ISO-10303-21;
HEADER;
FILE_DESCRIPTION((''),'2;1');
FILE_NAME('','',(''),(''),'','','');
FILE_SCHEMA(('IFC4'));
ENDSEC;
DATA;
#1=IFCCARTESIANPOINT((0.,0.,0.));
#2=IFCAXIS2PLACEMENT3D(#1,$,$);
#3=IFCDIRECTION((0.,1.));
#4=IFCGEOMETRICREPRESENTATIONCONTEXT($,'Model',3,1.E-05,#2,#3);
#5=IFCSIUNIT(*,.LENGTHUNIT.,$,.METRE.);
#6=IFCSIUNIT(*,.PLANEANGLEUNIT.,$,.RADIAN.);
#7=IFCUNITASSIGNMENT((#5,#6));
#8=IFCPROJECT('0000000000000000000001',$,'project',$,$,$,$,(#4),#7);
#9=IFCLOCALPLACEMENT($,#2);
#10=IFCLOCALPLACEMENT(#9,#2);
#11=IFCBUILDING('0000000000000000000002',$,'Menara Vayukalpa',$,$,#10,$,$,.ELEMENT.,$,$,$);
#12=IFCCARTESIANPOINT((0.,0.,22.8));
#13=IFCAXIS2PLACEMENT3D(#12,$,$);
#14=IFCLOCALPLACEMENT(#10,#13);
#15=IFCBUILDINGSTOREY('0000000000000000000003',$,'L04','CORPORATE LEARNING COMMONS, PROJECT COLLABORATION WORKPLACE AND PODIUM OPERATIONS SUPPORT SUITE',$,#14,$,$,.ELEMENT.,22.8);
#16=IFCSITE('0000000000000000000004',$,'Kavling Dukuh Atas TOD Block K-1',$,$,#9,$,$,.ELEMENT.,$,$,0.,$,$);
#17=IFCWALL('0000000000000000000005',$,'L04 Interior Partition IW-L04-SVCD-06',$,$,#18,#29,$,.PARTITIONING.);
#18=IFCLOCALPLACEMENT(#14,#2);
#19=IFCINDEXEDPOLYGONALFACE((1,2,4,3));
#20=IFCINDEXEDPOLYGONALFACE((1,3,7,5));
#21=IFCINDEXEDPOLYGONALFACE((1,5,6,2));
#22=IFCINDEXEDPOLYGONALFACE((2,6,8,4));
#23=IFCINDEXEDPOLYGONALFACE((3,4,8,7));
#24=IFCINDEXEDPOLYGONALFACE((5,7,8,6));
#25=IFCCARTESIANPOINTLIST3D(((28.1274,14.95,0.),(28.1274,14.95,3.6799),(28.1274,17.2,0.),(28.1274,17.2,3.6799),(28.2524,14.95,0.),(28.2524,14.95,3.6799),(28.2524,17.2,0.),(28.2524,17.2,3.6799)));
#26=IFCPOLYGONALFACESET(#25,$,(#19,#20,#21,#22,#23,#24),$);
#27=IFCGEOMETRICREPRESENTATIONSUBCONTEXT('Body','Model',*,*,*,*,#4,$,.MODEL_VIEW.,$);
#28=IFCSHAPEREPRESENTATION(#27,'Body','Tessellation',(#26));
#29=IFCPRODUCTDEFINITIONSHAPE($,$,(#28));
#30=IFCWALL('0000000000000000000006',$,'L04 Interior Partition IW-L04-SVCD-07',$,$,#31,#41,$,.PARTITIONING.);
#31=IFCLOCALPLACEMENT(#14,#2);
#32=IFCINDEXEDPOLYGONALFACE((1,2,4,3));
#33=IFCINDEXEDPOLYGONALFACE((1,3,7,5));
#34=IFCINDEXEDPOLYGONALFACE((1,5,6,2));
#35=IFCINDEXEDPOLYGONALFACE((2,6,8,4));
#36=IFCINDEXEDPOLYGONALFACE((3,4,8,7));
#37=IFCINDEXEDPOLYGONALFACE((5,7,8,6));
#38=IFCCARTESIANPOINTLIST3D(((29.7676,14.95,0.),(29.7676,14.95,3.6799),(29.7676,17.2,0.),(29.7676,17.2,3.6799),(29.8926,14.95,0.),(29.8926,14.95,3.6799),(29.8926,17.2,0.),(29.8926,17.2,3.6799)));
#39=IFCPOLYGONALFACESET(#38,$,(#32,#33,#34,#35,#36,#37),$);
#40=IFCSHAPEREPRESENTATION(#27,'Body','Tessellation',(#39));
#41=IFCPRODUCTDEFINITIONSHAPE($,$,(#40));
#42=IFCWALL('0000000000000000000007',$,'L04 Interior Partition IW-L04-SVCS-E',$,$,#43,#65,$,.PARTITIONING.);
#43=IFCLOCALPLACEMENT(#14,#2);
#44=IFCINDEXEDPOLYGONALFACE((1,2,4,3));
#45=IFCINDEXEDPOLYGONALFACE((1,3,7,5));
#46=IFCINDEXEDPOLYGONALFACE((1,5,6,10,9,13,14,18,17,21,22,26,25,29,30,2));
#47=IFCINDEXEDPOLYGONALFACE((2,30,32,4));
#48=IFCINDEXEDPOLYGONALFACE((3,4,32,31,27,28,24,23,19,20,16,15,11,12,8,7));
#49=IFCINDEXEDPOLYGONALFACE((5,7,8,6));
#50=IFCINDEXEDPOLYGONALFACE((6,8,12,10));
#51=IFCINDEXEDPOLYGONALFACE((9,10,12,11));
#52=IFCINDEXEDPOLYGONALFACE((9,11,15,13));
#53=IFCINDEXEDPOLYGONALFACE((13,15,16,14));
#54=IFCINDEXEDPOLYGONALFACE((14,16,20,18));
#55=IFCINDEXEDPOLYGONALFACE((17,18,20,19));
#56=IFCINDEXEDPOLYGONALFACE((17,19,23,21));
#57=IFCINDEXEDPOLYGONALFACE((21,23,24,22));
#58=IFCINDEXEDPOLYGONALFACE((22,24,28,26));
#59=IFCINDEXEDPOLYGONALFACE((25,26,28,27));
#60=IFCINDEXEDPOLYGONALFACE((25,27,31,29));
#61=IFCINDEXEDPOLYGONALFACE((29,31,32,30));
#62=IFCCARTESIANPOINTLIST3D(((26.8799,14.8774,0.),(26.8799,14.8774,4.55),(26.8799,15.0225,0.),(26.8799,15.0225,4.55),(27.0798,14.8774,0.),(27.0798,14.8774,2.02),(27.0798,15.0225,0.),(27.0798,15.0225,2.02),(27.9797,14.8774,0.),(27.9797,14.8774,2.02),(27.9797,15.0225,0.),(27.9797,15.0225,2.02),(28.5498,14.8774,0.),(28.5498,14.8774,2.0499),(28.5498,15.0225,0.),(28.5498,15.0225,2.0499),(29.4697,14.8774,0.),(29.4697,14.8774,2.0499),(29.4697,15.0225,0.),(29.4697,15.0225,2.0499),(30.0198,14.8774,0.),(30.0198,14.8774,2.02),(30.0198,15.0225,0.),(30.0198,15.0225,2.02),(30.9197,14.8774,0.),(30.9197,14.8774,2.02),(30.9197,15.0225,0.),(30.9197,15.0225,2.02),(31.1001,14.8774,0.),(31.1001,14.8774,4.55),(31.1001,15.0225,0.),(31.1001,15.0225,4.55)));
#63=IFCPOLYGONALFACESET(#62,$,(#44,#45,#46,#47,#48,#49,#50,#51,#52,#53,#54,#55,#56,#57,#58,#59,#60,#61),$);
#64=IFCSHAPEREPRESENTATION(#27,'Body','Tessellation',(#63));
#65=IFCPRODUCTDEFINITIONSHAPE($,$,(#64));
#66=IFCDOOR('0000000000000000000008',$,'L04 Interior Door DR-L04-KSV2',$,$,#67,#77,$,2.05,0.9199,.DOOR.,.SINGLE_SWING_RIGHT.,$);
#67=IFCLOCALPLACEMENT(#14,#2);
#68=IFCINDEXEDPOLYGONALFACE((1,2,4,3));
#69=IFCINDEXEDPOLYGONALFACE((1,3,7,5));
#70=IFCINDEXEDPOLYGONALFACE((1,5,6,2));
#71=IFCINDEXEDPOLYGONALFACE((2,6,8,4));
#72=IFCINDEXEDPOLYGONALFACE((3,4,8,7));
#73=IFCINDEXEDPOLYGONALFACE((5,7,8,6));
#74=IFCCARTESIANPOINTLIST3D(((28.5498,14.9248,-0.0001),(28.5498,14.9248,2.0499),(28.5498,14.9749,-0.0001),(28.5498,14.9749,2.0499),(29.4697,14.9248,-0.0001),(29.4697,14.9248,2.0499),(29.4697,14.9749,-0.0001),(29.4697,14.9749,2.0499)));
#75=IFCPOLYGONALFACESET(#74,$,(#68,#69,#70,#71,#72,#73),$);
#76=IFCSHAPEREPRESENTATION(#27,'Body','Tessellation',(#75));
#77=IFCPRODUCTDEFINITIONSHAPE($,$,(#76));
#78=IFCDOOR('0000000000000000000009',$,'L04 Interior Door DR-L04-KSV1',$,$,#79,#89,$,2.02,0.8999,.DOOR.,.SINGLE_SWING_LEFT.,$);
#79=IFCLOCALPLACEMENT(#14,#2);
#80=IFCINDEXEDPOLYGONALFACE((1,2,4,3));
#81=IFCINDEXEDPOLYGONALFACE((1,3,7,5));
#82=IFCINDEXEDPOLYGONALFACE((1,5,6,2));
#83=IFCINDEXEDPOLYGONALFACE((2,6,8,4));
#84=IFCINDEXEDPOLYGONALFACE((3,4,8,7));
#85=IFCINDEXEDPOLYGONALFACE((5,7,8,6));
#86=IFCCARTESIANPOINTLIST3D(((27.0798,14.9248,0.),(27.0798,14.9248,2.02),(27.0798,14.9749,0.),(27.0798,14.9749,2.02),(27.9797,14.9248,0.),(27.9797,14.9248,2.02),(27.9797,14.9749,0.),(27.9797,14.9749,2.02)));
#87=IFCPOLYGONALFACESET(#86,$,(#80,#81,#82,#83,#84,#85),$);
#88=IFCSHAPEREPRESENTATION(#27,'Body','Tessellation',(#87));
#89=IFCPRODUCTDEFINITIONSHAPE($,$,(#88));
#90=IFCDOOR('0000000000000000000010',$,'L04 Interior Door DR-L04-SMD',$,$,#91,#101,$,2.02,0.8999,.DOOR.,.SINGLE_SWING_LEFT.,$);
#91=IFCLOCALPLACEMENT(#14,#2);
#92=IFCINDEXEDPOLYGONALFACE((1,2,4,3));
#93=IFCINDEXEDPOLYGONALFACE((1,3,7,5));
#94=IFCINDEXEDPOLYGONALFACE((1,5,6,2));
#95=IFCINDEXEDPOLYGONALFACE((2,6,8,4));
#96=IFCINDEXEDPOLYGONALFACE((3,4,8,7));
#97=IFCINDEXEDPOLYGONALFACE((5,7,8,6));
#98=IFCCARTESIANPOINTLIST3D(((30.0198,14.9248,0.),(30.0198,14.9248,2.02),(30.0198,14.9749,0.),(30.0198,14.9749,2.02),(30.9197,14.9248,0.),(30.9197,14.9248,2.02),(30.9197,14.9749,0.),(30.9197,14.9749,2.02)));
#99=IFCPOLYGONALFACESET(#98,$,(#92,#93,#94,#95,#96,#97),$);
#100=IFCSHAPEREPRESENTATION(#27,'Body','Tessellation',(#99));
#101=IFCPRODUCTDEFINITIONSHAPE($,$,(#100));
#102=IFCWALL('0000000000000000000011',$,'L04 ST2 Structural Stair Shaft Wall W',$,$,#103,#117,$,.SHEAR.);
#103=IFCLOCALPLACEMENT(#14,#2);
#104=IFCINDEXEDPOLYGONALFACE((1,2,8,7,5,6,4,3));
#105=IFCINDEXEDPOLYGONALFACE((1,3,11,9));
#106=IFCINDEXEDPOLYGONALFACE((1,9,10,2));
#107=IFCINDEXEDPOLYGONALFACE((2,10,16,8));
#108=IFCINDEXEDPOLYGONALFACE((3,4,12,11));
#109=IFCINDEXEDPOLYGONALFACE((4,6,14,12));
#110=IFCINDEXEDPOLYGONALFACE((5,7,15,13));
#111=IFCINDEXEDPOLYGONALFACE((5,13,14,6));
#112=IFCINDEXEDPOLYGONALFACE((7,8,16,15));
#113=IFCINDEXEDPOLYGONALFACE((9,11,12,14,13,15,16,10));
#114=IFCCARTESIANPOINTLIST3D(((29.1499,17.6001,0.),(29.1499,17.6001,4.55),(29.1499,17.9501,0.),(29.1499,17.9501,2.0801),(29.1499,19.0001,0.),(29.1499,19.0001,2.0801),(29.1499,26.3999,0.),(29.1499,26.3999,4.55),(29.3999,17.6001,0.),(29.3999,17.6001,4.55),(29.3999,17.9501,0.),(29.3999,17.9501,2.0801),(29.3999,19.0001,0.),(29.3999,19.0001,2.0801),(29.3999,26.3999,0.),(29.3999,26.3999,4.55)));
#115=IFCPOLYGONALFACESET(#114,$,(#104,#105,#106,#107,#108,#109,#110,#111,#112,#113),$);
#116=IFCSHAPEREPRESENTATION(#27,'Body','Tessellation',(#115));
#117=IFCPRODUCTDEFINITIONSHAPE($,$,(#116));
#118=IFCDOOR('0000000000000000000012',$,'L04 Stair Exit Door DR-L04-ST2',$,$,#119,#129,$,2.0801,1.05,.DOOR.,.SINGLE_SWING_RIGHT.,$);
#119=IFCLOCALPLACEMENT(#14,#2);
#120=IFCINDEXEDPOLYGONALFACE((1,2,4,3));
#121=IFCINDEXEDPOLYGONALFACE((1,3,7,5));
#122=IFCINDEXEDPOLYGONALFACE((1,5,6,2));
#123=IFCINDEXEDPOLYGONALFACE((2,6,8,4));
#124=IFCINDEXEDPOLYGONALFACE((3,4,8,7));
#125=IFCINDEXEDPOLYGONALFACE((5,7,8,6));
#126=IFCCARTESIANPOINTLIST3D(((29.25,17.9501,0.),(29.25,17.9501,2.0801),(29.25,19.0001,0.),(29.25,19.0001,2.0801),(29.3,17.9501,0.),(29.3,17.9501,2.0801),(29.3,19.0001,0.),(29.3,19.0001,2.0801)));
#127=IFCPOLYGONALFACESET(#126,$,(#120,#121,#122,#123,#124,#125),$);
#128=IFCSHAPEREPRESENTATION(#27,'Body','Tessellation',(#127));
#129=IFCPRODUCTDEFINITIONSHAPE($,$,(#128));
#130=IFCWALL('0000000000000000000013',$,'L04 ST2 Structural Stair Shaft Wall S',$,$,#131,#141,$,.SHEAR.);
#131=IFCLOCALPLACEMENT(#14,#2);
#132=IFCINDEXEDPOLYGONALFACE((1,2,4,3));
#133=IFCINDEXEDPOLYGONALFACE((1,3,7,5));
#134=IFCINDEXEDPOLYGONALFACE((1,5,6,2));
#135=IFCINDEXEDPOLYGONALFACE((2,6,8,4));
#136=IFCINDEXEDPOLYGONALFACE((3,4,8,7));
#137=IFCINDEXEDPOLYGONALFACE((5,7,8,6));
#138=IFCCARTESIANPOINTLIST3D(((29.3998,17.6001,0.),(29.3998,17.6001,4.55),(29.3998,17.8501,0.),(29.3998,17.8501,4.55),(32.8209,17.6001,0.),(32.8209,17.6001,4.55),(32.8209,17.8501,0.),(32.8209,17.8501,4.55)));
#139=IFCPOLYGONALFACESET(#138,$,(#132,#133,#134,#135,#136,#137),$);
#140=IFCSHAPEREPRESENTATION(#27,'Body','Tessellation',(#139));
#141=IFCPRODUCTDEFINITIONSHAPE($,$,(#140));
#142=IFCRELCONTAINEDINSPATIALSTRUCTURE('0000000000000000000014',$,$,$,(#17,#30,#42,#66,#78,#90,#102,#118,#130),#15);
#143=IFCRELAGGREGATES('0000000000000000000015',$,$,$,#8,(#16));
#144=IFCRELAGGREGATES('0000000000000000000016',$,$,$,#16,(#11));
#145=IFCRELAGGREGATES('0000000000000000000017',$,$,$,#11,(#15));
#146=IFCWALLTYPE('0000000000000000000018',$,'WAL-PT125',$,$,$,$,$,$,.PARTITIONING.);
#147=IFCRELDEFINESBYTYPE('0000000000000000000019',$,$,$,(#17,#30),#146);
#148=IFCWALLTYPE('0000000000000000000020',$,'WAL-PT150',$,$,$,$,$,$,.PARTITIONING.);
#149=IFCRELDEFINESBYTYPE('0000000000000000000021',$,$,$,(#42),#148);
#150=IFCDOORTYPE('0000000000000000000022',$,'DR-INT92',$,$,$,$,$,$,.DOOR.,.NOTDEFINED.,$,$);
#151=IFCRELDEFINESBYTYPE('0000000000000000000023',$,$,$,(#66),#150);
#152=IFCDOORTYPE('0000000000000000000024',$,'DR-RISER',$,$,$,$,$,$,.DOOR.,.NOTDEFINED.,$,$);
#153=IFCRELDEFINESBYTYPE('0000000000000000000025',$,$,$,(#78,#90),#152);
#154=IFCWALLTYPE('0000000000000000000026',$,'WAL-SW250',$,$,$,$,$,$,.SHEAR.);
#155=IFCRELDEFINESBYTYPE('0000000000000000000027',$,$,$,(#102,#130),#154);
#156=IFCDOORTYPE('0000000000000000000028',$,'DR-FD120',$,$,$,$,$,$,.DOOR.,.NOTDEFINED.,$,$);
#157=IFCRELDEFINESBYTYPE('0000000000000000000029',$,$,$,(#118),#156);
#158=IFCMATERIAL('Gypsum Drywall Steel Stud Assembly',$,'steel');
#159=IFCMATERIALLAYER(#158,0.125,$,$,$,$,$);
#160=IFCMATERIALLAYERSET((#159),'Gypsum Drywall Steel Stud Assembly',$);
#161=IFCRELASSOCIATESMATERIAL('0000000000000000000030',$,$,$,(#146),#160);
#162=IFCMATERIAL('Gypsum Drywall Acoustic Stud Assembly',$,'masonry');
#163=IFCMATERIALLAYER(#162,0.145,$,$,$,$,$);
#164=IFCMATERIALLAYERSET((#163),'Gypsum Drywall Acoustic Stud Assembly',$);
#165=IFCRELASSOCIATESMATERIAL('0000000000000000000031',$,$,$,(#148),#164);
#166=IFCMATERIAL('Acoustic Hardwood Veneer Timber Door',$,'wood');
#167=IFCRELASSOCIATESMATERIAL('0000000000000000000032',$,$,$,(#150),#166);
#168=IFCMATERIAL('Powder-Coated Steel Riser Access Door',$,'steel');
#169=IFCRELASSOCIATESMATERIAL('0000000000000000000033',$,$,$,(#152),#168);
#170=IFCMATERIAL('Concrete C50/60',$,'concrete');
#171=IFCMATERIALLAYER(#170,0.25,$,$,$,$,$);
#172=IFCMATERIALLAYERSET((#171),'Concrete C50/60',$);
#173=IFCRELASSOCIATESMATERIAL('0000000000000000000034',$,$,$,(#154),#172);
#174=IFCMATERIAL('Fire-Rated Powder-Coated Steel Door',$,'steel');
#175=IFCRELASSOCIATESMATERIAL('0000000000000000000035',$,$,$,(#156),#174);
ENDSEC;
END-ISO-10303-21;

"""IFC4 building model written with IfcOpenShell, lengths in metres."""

from ifc_helpers import new_model, si_unit, direction, frame, frame_2d, origin, place, context, subcontext, project, spatial, rectangle, extrude, material, layer, layer_set, type_object, element, fill, save


model = new_model("IFC4")

# Units and contexts
model_context = context("Model", 3, precision=1e-05, world=origin(), true_north=direction((0.0, 1.0)))
body_context = subcontext(model_context, "Body", "Model", "MODEL_VIEW")
ifc_project = project(units=[si_unit("LENGTHUNIT", "METRE"), si_unit("PLANEANGLEUNIT", "RADIAN")], contexts=[model_context])

# Site, building, storey
site_placement = place(None, origin())
site = spatial("IfcSite", under=ifc_project, at=site_placement, Name="Kavling Dukuh Atas TOD Block K-1", CompositionType="ELEMENT", RefElevation=0.0)
building_placement = place(site_placement, origin())
building = spatial("IfcBuilding", under=site, at=building_placement, Name="Menara Vayukalpa", CompositionType="ELEMENT")
storey_placement = place(building_placement, frame((0.0, 0.0, 22.8)))
storey = spatial("IfcBuildingStorey", under=building, at=storey_placement, Name="L04", Description="CORPORATE LEARNING COMMONS, PROJECT COLLABORATION WORKPLACE AND PODIUM OPERATIONS SUPPORT SUITE", CompositionType="ELEMENT", Elevation=22.8)

# Walls
ifc_material_1 = material(Name="Gypsum Drywall Steel Stud Assembly", Category="steel")
ifc_layer_1 = layer(ifc_material_1, 0.125)
ifc_layer_set_1 = layer_set([ifc_layer_1], Name="Gypsum Drywall Steel Stud Assembly")
wall_type_1 = type_object("IfcWallType", Name="WAL-PT125", PredefinedType="PARTITIONING", material=ifc_layer_set_1)
for number, where, z_axis, x_axis, name in (
    (1, (28.1899, 14.95, 0.0), (0.0, 0.0, 1.0), (0.0, 1.0, 0.0), "L04 Interior Partition IW-L04-SVCD-06"),
    (2, (29.8301, 14.95, 0.0), (0.0, 0.0, 1.0), (0.0, 1.0, 0.0), "L04 Interior Partition IW-L04-SVCD-07"),
):
    element("IfcWall", number, at=place(storey_placement, frame(where, z_axis=z_axis, x_axis=x_axis)), inside=storey, type_object=wall_type_1, Name=name, PredefinedType="PARTITIONING", context=body_context, shape_type="SweptSolid", body=[
        extrude(rectangle(XDim=2.25, YDim=0.125, at=frame_2d((1.125, 0.0))), origin(), (0.0, 0.0, 1.0), 3.6799),
    ])

# Wall, openings, doors
ifc_material_2 = material(Name="Gypsum Drywall Acoustic Stud Assembly", Category="masonry")
ifc_layer_2 = layer(ifc_material_2, 0.145)
ifc_layer_set_2 = layer_set([ifc_layer_2], Name="Gypsum Drywall Acoustic Stud Assembly")
wall_type_2 = type_object("IfcWallType", Name="WAL-PT150", PredefinedType="PARTITIONING", material=ifc_layer_set_2)
wall_1_placement = place(storey_placement, frame((26.8799, 14.95, 0.0), z_axis=(0.0, 0.0, 1.0), x_axis=(1.0, 0.0, 0.0)))
wall_1 = element("IfcWall", 3, at=wall_1_placement, inside=storey, type_object=wall_type_2, Name="L04 Interior Partition IW-L04-SVCS-E", PredefinedType="PARTITIONING", context=body_context, shape_type="SweptSolid", body=[
    extrude(rectangle(XDim=4.2202, YDim=0.145, at=frame_2d((2.1101, 0.0))), origin(), (0.0, 0.0, 1.0), 4.55),
])
opening_1_placement = place(wall_1_placement, frame((0.2, 0.0, 0.0)))
opening_1 = element("IfcOpeningElement", 4, at=opening_1_placement, cuts=wall_1, PredefinedType="OPENING", context=body_context, shape_type="SweptSolid", body=[
    extrude(rectangle(XDim=0.8999, YDim=2.02, at=frame_2d((0.45, 1.01))), frame((0.0, 0.0825, 0.0), z_axis=(0.0, -1.0, 0.0), x_axis=(1.0, 0.0, 0.0)), (0.0, 0.0, 1.0), 0.165),
])
opening_2_placement = place(wall_1_placement, frame((1.6699, 0.0, 0.0)))
opening_2 = element("IfcOpeningElement", 5, at=opening_2_placement, cuts=wall_1, PredefinedType="OPENING", context=body_context, shape_type="SweptSolid", body=[
    extrude(rectangle(XDim=0.9199, YDim=2.05, at=frame_2d((0.46, 1.0249))), frame((0.0, 0.0825, 0.0), z_axis=(0.0, -1.0, 0.0), x_axis=(1.0, 0.0, 0.0)), (0.0, 0.0, 1.0), 0.165),
])
opening_3_placement = place(wall_1_placement, frame((3.1399, 0.0, 0.0)))
opening_3 = element("IfcOpeningElement", 6, at=opening_3_placement, cuts=wall_1, PredefinedType="OPENING", context=body_context, shape_type="SweptSolid", body=[
    extrude(rectangle(XDim=0.8999, YDim=2.02, at=frame_2d((0.45, 1.01))), frame((0.0, 0.0825, 0.0), z_axis=(0.0, -1.0, 0.0), x_axis=(1.0, 0.0, 0.0)), (0.0, 0.0, 1.0), 0.165),
])
ifc_material_3 = material(Name="Acoustic Hardwood Veneer Timber Door", Category="wood")
door_type_1 = type_object("IfcDoorType", Name="DR-INT92", OperationType="NOTDEFINED", PredefinedType="DOOR", material=ifc_material_3)
door_1_placement = place(opening_2_placement, origin())
door_1 = element("IfcDoor", 7, at=door_1_placement, inside=storey, type_object=door_type_1, Name="L04 Interior Door DR-L04-KSV2", OperationType="SINGLE_SWING_RIGHT", OverallHeight=2.05, OverallWidth=0.9199, PredefinedType="DOOR", context=body_context, shape_type="SweptSolid", body=[
    extrude(rectangle(XDim=0.9199, YDim=2.05, at=frame_2d((0.46, 1.0249))), frame((0.0, 0.0249, 0.0), z_axis=(0.0, -1.0, 0.0), x_axis=(1.0, 0.0, 0.0)), (0.0, 0.0, 1.0), 0.05),
])
fill(opening_2, door_1)
ifc_material_4 = material(Name="Powder-Coated Steel Riser Access Door", Category="steel")
door_type_2 = type_object("IfcDoorType", Name="DR-RISER", OperationType="NOTDEFINED", PredefinedType="DOOR", material=ifc_material_4)
door_2_placement = place(opening_1_placement, origin())
door_2 = element("IfcDoor", 8, at=door_2_placement, inside=storey, type_object=door_type_2, Name="L04 Interior Door DR-L04-KSV1", OperationType="SINGLE_SWING_LEFT", OverallHeight=2.02, OverallWidth=0.8999, PredefinedType="DOOR", context=body_context, shape_type="SweptSolid", body=[
    extrude(rectangle(XDim=0.8999, YDim=2.02, at=frame_2d((0.45, 1.01))), frame((0.0, 0.0249, 0.0), z_axis=(0.0, -1.0, 0.0), x_axis=(1.0, 0.0, 0.0)), (0.0, 0.0, 1.0), 0.05),
])
fill(opening_1, door_2)
door_3_placement = place(opening_3_placement, origin())
door_3 = element("IfcDoor", 9, at=door_3_placement, inside=storey, type_object=door_type_2, Name="L04 Interior Door DR-L04-SMD", OperationType="SINGLE_SWING_LEFT", OverallHeight=2.02, OverallWidth=0.8999, PredefinedType="DOOR", context=body_context, shape_type="SweptSolid", body=[
    extrude(rectangle(XDim=0.8999, YDim=2.02, at=frame_2d((0.45, 1.01))), frame((0.0, 0.0249, 0.0), z_axis=(0.0, -1.0, 0.0), x_axis=(1.0, 0.0, 0.0)), (0.0, 0.0, 1.0), 0.05),
])
fill(opening_3, door_3)

# Wall, opening, door
ifc_material_5 = material(Name="Concrete C50/60", Category="concrete")
ifc_layer_3 = layer(ifc_material_5, 0.25)
ifc_layer_set_3 = layer_set([ifc_layer_3], Name="Concrete C50/60")
wall_type_3 = type_object("IfcWallType", Name="WAL-SW250", PredefinedType="SHEAR", material=ifc_layer_set_3)
wall_2_placement = place(storey_placement, frame((29.2749, 17.6001, 0.0), z_axis=(0.0, 0.0, 1.0), x_axis=(0.0, 1.0, 0.0)))
wall_2 = element("IfcWall", 10, at=wall_2_placement, inside=storey, type_object=wall_type_3, Name="L04 ST2 Structural Stair Shaft Wall W", PredefinedType="SHEAR", context=body_context, shape_type="SweptSolid", body=[
    extrude(rectangle(XDim=8.7998, YDim=0.25, at=frame_2d((4.3999, 0.0))), origin(), (0.0, 0.0, 1.0), 4.55),
])
opening_4_placement = place(wall_2_placement, frame((0.3501, 0.0, 0.0)))
opening_4 = element("IfcOpeningElement", 11, at=opening_4_placement, cuts=wall_2, PredefinedType="OPENING", context=body_context, shape_type="SweptSolid", body=[
    extrude(rectangle(XDim=1.05, YDim=2.0801, at=frame_2d((0.5249, 1.04))), frame((0.0, 0.135, 0.0), z_axis=(0.0, -1.0, 0.0), x_axis=(1.0, 0.0, 0.0)), (0.0, 0.0, 1.0), 0.27),
])
ifc_material_6 = material(Name="Fire-Rated Powder-Coated Steel Door", Category="steel")
door_type_3 = type_object("IfcDoorType", Name="DR-FD120", OperationType="NOTDEFINED", PredefinedType="DOOR", material=ifc_material_6)
door_4_placement = place(opening_4_placement, origin())
door_4 = element("IfcDoor", 12, at=door_4_placement, inside=storey, type_object=door_type_3, Name="L04 Stair Exit Door DR-L04-ST2", OperationType="SINGLE_SWING_RIGHT", OverallHeight=2.0801, OverallWidth=1.05, PredefinedType="DOOR", context=body_context, shape_type="SweptSolid", body=[
    extrude(rectangle(XDim=1.05, YDim=2.0801, at=frame_2d((0.5249, 1.04))), frame((0.0, 0.0249, 0.0), z_axis=(0.0, -1.0, 0.0), x_axis=(1.0, 0.0, 0.0)), (0.0, 0.0, 1.0), 0.05),
])
fill(opening_4, door_4)

# Wall
wall_3_placement = place(storey_placement, frame((29.3999, 17.7251, 0.0), z_axis=(0.0, 0.0, 1.0), x_axis=(1.0, 0.0, 0.0)))
element("IfcWall", 13, at=wall_3_placement, inside=storey, type_object=wall_type_3, Name="L04 ST2 Structural Stair Shaft Wall S", PredefinedType="SHEAR", context=body_context, shape_type="SweptSolid", body=[
    extrude(rectangle(XDim=3.4211, YDim=0.25, at=frame_2d((1.7104, 0.0))), origin(), (0.0, 0.0, 1.0), 4.55),
])

save(model, "model.ifc")
